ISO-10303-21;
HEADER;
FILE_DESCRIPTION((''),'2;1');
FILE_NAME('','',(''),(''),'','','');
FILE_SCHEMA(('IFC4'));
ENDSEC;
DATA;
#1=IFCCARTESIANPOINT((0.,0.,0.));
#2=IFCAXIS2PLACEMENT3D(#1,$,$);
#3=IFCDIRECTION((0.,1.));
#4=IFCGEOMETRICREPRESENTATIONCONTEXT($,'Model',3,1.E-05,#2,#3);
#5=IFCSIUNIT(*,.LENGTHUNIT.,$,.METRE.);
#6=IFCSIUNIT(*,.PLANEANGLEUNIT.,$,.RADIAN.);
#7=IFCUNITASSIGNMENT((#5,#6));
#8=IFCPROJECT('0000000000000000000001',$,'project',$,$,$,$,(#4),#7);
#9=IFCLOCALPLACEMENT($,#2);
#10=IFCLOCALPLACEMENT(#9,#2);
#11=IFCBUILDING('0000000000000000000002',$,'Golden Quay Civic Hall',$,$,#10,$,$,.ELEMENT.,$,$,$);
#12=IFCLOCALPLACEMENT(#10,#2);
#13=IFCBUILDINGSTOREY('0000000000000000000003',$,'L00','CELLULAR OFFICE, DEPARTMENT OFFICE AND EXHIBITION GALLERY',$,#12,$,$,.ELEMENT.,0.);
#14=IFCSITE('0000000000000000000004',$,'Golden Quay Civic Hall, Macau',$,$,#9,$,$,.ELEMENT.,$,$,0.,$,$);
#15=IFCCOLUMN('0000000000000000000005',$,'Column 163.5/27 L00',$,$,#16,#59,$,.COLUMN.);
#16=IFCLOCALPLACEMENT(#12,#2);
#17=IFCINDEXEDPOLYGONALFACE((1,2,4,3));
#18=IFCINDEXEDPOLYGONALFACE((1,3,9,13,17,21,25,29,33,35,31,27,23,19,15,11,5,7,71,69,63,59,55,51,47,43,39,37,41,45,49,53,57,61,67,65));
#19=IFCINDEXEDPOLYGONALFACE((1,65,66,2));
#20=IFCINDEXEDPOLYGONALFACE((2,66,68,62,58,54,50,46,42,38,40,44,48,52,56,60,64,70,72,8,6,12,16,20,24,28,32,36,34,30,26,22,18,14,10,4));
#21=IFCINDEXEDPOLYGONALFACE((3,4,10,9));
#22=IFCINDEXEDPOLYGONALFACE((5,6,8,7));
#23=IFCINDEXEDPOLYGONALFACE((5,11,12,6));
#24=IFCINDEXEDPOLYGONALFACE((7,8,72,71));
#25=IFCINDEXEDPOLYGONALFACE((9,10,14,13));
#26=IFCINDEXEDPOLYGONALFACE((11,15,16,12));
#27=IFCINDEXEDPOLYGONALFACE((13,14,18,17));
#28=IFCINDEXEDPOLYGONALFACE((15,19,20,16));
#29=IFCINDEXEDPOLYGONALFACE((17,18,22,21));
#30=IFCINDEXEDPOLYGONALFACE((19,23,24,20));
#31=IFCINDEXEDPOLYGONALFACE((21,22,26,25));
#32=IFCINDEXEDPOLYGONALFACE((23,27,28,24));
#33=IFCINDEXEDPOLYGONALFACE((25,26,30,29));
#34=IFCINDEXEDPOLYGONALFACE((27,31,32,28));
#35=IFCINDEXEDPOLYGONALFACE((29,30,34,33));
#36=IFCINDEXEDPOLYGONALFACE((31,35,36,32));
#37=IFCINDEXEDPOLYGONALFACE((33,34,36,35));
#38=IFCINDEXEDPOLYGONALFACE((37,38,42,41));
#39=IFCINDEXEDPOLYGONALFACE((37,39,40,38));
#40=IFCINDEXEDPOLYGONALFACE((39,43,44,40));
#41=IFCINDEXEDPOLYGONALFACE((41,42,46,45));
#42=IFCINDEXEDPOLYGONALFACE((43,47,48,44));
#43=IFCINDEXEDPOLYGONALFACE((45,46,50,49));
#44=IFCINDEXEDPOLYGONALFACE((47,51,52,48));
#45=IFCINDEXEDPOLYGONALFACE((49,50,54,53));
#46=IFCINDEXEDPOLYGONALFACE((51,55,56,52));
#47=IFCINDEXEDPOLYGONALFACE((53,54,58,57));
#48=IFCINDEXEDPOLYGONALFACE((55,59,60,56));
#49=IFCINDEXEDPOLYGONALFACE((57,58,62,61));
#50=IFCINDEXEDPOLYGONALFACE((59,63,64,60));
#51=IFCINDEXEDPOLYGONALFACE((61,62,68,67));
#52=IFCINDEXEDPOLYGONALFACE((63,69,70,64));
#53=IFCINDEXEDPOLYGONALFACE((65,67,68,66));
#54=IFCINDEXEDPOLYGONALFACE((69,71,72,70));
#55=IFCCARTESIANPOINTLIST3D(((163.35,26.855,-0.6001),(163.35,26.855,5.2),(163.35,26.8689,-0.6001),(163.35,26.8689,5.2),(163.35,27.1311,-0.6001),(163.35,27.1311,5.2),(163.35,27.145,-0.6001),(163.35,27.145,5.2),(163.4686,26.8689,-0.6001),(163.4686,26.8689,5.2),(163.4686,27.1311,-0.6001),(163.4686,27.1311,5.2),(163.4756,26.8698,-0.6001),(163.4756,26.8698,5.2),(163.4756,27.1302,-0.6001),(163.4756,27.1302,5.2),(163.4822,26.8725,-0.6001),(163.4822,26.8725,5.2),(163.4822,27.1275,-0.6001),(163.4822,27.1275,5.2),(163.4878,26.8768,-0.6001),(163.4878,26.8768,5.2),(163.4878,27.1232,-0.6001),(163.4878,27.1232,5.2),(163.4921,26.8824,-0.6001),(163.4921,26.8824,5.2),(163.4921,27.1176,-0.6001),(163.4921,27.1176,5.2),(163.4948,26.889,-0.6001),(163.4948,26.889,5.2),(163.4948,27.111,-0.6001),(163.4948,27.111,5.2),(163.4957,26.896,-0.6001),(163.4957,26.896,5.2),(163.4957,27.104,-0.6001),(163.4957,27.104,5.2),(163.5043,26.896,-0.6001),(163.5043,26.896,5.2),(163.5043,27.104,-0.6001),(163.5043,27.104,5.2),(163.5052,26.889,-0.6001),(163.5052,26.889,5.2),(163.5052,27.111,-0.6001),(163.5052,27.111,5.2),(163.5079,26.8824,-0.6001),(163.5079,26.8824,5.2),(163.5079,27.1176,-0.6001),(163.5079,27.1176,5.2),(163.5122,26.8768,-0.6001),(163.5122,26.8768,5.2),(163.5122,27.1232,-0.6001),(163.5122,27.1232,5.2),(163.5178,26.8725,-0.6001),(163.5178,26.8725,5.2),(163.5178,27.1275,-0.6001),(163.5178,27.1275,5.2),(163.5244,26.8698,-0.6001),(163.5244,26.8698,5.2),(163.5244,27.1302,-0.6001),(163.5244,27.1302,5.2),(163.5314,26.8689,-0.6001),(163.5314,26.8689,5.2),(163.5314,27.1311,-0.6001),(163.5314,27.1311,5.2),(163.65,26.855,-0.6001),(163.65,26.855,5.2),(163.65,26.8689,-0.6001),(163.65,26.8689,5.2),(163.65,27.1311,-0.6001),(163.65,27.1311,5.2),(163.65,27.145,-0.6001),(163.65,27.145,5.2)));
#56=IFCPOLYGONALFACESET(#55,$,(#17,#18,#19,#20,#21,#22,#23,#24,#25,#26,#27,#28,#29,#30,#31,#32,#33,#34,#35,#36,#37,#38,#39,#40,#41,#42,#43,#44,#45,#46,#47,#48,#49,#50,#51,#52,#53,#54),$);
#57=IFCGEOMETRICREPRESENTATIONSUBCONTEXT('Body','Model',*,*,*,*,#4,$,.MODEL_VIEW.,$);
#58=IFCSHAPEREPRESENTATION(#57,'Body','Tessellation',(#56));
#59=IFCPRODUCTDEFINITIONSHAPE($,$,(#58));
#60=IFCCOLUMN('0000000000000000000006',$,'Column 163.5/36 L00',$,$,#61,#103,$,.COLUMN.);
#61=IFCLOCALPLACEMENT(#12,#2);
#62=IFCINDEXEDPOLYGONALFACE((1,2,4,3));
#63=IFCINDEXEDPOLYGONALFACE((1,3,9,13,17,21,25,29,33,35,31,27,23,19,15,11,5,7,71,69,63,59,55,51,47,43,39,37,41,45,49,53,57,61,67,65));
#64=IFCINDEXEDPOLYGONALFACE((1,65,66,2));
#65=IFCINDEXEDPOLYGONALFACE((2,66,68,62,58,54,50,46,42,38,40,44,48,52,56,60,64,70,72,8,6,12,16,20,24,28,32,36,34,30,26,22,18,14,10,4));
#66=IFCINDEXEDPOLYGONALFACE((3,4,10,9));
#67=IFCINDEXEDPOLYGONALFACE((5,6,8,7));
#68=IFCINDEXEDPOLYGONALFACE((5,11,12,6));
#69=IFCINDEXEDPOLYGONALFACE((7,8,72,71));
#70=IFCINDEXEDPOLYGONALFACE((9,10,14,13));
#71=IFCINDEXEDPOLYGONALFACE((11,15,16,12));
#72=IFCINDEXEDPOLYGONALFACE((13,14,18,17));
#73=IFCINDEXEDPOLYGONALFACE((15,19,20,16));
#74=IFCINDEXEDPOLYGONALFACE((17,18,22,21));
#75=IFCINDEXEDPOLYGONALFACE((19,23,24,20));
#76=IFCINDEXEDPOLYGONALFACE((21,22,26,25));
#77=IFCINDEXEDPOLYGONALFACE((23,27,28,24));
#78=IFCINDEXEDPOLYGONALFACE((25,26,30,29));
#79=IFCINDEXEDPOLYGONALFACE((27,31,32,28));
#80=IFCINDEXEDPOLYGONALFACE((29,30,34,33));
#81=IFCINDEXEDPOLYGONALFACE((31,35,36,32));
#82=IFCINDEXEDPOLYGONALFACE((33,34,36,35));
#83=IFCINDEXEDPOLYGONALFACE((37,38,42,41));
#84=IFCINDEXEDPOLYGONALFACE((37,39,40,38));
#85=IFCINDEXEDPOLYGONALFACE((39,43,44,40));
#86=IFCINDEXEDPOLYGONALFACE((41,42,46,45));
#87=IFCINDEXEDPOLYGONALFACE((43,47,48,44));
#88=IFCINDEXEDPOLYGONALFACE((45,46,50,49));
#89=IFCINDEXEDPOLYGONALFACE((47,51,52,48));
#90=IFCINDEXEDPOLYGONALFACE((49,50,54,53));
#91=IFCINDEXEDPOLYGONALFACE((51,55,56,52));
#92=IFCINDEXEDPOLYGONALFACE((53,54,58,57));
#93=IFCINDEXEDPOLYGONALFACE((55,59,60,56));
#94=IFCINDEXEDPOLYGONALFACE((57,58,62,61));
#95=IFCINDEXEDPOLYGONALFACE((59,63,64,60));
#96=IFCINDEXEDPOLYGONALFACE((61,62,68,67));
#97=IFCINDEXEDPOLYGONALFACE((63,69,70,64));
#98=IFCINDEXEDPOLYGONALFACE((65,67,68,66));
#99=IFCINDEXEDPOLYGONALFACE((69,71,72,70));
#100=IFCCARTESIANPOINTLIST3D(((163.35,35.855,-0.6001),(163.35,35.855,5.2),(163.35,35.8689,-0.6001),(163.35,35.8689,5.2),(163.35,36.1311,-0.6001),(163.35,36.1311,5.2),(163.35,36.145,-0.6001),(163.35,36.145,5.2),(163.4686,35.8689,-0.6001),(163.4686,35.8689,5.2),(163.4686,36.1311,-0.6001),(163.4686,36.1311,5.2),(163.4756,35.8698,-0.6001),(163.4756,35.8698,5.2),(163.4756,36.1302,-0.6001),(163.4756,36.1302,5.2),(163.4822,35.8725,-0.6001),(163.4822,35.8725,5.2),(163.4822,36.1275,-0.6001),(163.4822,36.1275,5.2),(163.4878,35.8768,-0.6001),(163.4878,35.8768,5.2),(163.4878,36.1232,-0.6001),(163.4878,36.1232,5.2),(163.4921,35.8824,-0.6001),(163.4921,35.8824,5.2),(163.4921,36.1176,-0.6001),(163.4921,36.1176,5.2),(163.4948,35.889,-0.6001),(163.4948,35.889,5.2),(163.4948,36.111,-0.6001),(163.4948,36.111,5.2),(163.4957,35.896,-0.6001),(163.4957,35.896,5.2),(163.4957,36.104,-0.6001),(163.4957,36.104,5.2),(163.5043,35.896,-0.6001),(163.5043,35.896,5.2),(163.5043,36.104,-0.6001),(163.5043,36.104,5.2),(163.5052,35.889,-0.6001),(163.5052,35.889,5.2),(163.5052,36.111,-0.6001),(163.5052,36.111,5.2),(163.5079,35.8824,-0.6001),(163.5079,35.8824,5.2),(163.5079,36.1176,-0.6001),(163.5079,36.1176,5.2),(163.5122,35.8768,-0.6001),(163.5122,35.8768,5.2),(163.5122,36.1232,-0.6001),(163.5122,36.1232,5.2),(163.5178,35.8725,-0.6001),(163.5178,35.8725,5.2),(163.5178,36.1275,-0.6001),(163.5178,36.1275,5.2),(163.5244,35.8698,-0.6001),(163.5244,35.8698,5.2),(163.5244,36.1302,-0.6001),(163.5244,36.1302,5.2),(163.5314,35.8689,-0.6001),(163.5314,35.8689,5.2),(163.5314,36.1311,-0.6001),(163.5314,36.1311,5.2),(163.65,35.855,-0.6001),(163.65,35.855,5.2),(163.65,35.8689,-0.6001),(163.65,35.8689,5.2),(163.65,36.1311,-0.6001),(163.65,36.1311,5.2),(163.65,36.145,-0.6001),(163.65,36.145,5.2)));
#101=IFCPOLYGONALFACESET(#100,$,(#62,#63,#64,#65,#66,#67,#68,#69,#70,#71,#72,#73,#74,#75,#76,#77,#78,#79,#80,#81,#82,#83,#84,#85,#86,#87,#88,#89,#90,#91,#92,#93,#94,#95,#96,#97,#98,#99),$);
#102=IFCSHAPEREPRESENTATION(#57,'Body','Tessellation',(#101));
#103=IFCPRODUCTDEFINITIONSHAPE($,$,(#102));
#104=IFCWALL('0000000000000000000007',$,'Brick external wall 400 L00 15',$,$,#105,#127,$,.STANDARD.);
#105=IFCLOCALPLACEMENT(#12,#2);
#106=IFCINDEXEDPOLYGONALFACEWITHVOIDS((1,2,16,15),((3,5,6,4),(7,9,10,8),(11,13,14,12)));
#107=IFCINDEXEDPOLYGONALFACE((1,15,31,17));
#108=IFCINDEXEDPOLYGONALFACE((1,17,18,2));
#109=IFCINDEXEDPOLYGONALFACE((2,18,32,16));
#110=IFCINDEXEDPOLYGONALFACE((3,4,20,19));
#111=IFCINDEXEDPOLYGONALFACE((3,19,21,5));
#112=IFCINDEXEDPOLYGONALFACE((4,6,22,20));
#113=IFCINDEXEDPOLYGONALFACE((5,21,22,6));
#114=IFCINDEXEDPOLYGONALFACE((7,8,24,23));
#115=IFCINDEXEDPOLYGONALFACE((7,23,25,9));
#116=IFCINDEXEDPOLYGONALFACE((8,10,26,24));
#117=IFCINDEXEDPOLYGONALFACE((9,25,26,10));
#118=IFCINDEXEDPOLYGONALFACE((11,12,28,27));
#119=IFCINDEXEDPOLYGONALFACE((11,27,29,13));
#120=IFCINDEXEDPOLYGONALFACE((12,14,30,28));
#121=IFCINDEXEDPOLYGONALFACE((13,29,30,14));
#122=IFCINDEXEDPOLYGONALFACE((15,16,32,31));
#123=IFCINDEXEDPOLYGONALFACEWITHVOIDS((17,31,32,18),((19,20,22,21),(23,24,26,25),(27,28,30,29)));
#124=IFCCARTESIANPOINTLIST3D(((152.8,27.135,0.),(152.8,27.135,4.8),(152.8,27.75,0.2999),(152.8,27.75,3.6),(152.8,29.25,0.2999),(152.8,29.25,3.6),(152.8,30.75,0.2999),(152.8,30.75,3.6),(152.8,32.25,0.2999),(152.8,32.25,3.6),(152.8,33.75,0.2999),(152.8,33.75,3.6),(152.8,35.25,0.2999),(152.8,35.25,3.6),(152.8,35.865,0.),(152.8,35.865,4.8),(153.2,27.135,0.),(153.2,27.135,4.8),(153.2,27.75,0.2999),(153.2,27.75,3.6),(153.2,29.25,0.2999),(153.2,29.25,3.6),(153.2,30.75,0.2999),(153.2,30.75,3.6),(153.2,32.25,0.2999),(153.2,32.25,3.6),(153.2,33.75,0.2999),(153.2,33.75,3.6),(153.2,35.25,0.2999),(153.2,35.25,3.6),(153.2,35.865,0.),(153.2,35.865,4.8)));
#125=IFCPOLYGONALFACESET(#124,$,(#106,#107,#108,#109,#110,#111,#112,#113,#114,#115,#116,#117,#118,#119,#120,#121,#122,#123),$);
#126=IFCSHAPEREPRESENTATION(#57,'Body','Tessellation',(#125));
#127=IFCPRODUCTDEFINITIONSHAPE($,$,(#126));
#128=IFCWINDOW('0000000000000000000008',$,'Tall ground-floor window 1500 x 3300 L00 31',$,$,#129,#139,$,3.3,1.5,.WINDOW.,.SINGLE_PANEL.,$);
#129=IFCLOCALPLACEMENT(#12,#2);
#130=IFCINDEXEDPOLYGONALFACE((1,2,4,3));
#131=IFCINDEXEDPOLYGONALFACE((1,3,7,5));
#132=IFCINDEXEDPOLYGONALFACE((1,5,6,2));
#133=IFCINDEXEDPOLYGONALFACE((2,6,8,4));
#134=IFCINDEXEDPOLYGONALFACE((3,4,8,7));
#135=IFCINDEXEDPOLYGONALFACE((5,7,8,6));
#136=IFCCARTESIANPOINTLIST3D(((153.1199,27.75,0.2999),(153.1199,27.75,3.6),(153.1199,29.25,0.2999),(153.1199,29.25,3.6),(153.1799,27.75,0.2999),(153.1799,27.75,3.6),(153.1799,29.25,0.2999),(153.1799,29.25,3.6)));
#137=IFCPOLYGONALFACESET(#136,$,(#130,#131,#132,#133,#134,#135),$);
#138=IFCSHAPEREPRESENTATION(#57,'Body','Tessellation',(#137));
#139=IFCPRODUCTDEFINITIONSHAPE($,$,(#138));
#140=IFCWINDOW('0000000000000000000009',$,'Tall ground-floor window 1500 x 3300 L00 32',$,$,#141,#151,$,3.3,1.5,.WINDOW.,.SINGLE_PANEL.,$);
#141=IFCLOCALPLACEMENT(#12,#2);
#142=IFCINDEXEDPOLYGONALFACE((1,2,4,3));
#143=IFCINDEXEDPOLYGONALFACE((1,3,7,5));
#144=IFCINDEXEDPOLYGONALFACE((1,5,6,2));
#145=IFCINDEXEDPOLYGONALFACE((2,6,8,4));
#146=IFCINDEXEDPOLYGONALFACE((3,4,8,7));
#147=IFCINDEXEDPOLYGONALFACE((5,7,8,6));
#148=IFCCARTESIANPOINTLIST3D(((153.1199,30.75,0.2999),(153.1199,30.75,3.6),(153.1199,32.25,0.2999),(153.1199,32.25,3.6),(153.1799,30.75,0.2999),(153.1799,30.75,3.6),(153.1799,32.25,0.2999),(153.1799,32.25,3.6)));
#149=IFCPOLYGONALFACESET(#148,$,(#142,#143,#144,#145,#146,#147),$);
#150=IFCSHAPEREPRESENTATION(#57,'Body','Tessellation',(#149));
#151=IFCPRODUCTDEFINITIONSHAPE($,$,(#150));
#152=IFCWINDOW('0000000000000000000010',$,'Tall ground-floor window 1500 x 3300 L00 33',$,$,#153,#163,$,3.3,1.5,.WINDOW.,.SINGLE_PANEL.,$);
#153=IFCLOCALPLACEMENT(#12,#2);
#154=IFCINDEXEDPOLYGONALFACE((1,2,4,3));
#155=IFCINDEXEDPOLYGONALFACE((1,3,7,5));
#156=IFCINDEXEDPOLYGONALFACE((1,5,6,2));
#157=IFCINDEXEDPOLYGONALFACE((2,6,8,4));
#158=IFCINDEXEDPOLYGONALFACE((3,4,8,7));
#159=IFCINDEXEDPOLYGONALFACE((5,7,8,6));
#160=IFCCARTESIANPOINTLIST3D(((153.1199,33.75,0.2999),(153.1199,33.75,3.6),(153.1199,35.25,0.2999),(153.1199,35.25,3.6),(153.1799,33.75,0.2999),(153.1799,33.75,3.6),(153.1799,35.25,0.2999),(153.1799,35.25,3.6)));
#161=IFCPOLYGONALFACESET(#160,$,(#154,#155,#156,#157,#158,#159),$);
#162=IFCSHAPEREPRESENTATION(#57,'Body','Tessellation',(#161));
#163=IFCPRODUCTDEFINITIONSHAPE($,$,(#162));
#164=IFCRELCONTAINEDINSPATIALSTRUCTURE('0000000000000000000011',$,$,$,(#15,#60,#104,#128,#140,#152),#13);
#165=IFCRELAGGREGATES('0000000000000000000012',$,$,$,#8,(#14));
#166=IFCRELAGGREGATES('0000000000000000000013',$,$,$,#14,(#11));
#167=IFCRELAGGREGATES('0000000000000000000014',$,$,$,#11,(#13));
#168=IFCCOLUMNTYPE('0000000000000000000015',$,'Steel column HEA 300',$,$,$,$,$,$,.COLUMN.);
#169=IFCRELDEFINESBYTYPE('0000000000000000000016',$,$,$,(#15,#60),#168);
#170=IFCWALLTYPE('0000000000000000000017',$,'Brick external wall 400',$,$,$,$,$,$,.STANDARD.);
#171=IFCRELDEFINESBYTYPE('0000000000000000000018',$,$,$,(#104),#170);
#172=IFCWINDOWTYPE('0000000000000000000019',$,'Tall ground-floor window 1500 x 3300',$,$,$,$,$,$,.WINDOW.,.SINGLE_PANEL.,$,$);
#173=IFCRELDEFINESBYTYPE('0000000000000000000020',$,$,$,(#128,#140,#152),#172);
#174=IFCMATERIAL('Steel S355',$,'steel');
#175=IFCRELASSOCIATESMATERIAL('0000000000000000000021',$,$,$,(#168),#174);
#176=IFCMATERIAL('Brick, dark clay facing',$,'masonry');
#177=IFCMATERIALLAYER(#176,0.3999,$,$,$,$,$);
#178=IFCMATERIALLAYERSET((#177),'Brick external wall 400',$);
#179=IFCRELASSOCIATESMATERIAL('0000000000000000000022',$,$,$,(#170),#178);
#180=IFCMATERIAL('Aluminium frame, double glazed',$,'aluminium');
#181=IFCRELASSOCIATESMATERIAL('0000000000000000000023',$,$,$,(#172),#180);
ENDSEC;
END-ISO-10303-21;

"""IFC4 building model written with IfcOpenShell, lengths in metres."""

from ifc_helpers import new_model, si_unit, direction, frame, frame_2d, origin, origin_2d, place, context, subcontext, project, spatial, rectangle, i_section, extrude, material, layer, layer_set, material_profile, profile_set, type_object, element, fill, save


model = new_model("IFC4")

# Units and contexts
model_context = context("Model", 3, precision=1e-05, world=origin(), true_north=direction((0.0, 1.0)))
body_context = subcontext(model_context, "Body", "Model", "MODEL_VIEW")
ifc_project = project(units=[si_unit("LENGTHUNIT", "METRE"), si_unit("PLANEANGLEUNIT", "RADIAN")], contexts=[model_context])

# Site, building, storey
site_placement = place(None, origin())
site = spatial("IfcSite", under=ifc_project, at=site_placement, Name="Golden Quay Civic Hall, Macau", CompositionType="ELEMENT", RefElevation=0.0)
building_placement = place(site_placement, origin())
building = spatial("IfcBuilding", under=site, at=building_placement, Name="Golden Quay Civic Hall", CompositionType="ELEMENT")
storey_placement = place(building_placement, origin())
storey = spatial("IfcBuildingStorey", under=building, at=storey_placement, Name="L00", Description="CELLULAR OFFICE, DEPARTMENT OFFICE AND EXHIBITION GALLERY", CompositionType="ELEMENT", Elevation=0.0)

# Columns
ifc_material_1 = material(Name="Steel S355", Category="steel")
ifc_material_profile_1 = material_profile(ifc_material_1, i_section(OverallWidth=0.3, OverallDepth=0.29, WebThickness=0.0085, FlangeThickness=0.0139, FilletRadius=0.0271, at=origin_2d()), Name="HEA 300")
ifc_profile_set_1 = profile_set([ifc_material_profile_1], Name="Steel S355")
column_type_1 = type_object("IfcColumnType", Name="Steel column HEA 300", PredefinedType="COLUMN", material=ifc_profile_set_1)
for number, where, z_axis, x_axis, name in (
    (1, (163.5, 27.0, -0.6001), (0.0, 0.0, 1.0), (1.0, 0.0, 0.0), "Column 163.5/27 L00"),
    (2, (163.5, 36.0, -0.6001), (0.0, 0.0, 1.0), (1.0, 0.0, 0.0), "Column 163.5/36 L00"),
):
    element("IfcColumn", number, at=place(storey_placement, frame(where, z_axis=z_axis, x_axis=x_axis)), inside=storey, type_object=column_type_1, Name=name, PredefinedType="COLUMN", context=body_context, shape_type="SweptSolid", body=[
        extrude(i_section(OverallWidth=0.3, OverallDepth=0.29, WebThickness=0.0085, FlangeThickness=0.0139, FilletRadius=0.0271, at=origin_2d()), origin(), (0.0, 0.0, 1.0), 5.8),
    ])

# Wall, openings, windows
ifc_material_2 = material(Name="Brick, dark clay facing", Category="masonry")
ifc_layer_1 = layer(ifc_material_2, 0.3999)
ifc_layer_set_1 = layer_set([ifc_layer_1], Name="Brick external wall 400")
wall_type_1 = type_object("IfcWallType", Name="Brick external wall 400", PredefinedType="STANDARD", material=ifc_layer_set_1)
wall_1_placement = place(storey_placement, frame((153.0, 27.135, 0.0), z_axis=(0.0, 0.0, 1.0), x_axis=(0.0, 1.0, 0.0)))
wall_1 = element("IfcWall", 3, at=wall_1_placement, inside=storey, type_object=wall_type_1, Name="Brick external wall 400 L00 15", PredefinedType="STANDARD", context=body_context, shape_type="SweptSolid", body=[
    extrude(rectangle(XDim=8.73, YDim=0.3999, at=frame_2d((4.365, 0.0))), origin(), (0.0, 0.0, 1.0), 4.8),
])
opening_1_placement = place(wall_1_placement, frame((0.615, 0.0, 0.3)))
opening_1 = element("IfcOpeningElement", 4, at=opening_1_placement, cuts=wall_1, PredefinedType="OPENING", context=body_context, shape_type="SweptSolid", body=[
    extrude(rectangle(XDim=1.5, YDim=3.3, at=frame_2d((0.75, 1.6499))), frame((0.0, 0.21, 0.0), z_axis=(0.0, -1.0, 0.0), x_axis=(1.0, 0.0, 0.0)), (0.0, 0.0, 1.0), 0.4199),
])
opening_2_placement = place(wall_1_placement, frame((3.615, 0.0, 0.3)))
opening_2 = element("IfcOpeningElement", 5, at=opening_2_placement, cuts=wall_1, PredefinedType="OPENING", context=body_context, shape_type="SweptSolid", body=[
    extrude(rectangle(XDim=1.5, YDim=3.3, at=frame_2d((0.75, 1.6499))), frame((0.0, 0.21, 0.0), z_axis=(0.0, -1.0, 0.0), x_axis=(1.0, 0.0, 0.0)), (0.0, 0.0, 1.0), 0.4199),
])
opening_3_placement = place(wall_1_placement, frame((6.615, 0.0, 0.3)))
opening_3 = element("IfcOpeningElement", 6, at=opening_3_placement, cuts=wall_1, PredefinedType="OPENING", context=body_context, shape_type="SweptSolid", body=[
    extrude(rectangle(XDim=1.5, YDim=3.3, at=frame_2d((0.75, 1.6499))), frame((0.0, 0.21, 0.0), z_axis=(0.0, -1.0, 0.0), x_axis=(1.0, 0.0, 0.0)), (0.0, 0.0, 1.0), 0.4199),
])
ifc_material_3 = material(Name="Aluminium frame, double glazed", Category="aluminium")
window_type = type_object("IfcWindowType", Name="Tall ground-floor window 1500 x 3300", PartitioningType="SINGLE_PANEL", PredefinedType="WINDOW", material=ifc_material_3)
window_1_placement = place(opening_1_placement, origin())
window_1 = element("IfcWindow", 7, at=window_1_placement, inside=storey, type_object=window_type, Name="Tall ground-floor window 1500 x 3300 L00 31", OverallHeight=3.3, OverallWidth=1.5, PartitioningType="SINGLE_PANEL", PredefinedType="WINDOW", context=body_context, shape_type="SweptSolid", body=[
    extrude(rectangle(XDim=1.5, YDim=3.3, at=frame_2d((0.75, 1.6499))), frame((0.0, -0.1199, 0.0), z_axis=(0.0, -1.0, 0.0), x_axis=(1.0, 0.0, 0.0)), (0.0, 0.0, 1.0), 0.0601),
])
fill(opening_1, window_1)
window_2_placement = place(opening_2_placement, origin())
window_2 = element("IfcWindow", 8, at=window_2_placement, inside=storey, type_object=window_type, Name="Tall ground-floor window 1500 x 3300 L00 32", OverallHeight=3.3, OverallWidth=1.5, PartitioningType="SINGLE_PANEL", PredefinedType="WINDOW", context=body_context, shape_type="SweptSolid", body=[
    extrude(rectangle(XDim=1.5, YDim=3.3, at=frame_2d((0.75, 1.6499))), frame((0.0, -0.1199, 0.0), z_axis=(0.0, -1.0, 0.0), x_axis=(1.0, 0.0, 0.0)), (0.0, 0.0, 1.0), 0.0601),
])
fill(opening_2, window_2)
window_3_placement = place(opening_3_placement, origin())
window_3 = element("IfcWindow", 9, at=window_3_placement, inside=storey, type_object=window_type, Name="Tall ground-floor window 1500 x 3300 L00 33", OverallHeight=3.3, OverallWidth=1.5, PartitioningType="SINGLE_PANEL", PredefinedType="WINDOW", context=body_context, shape_type="SweptSolid", body=[
    extrude(rectangle(XDim=1.5, YDim=3.3, at=frame_2d((0.75, 1.6499))), frame((0.0, -0.1199, 0.0), z_axis=(0.0, -1.0, 0.0), x_axis=(1.0, 0.0, 0.0)), (0.0, 0.0, 1.0), 0.0601),
])
fill(opening_3, window_3)

save(model, "model.ifc")
